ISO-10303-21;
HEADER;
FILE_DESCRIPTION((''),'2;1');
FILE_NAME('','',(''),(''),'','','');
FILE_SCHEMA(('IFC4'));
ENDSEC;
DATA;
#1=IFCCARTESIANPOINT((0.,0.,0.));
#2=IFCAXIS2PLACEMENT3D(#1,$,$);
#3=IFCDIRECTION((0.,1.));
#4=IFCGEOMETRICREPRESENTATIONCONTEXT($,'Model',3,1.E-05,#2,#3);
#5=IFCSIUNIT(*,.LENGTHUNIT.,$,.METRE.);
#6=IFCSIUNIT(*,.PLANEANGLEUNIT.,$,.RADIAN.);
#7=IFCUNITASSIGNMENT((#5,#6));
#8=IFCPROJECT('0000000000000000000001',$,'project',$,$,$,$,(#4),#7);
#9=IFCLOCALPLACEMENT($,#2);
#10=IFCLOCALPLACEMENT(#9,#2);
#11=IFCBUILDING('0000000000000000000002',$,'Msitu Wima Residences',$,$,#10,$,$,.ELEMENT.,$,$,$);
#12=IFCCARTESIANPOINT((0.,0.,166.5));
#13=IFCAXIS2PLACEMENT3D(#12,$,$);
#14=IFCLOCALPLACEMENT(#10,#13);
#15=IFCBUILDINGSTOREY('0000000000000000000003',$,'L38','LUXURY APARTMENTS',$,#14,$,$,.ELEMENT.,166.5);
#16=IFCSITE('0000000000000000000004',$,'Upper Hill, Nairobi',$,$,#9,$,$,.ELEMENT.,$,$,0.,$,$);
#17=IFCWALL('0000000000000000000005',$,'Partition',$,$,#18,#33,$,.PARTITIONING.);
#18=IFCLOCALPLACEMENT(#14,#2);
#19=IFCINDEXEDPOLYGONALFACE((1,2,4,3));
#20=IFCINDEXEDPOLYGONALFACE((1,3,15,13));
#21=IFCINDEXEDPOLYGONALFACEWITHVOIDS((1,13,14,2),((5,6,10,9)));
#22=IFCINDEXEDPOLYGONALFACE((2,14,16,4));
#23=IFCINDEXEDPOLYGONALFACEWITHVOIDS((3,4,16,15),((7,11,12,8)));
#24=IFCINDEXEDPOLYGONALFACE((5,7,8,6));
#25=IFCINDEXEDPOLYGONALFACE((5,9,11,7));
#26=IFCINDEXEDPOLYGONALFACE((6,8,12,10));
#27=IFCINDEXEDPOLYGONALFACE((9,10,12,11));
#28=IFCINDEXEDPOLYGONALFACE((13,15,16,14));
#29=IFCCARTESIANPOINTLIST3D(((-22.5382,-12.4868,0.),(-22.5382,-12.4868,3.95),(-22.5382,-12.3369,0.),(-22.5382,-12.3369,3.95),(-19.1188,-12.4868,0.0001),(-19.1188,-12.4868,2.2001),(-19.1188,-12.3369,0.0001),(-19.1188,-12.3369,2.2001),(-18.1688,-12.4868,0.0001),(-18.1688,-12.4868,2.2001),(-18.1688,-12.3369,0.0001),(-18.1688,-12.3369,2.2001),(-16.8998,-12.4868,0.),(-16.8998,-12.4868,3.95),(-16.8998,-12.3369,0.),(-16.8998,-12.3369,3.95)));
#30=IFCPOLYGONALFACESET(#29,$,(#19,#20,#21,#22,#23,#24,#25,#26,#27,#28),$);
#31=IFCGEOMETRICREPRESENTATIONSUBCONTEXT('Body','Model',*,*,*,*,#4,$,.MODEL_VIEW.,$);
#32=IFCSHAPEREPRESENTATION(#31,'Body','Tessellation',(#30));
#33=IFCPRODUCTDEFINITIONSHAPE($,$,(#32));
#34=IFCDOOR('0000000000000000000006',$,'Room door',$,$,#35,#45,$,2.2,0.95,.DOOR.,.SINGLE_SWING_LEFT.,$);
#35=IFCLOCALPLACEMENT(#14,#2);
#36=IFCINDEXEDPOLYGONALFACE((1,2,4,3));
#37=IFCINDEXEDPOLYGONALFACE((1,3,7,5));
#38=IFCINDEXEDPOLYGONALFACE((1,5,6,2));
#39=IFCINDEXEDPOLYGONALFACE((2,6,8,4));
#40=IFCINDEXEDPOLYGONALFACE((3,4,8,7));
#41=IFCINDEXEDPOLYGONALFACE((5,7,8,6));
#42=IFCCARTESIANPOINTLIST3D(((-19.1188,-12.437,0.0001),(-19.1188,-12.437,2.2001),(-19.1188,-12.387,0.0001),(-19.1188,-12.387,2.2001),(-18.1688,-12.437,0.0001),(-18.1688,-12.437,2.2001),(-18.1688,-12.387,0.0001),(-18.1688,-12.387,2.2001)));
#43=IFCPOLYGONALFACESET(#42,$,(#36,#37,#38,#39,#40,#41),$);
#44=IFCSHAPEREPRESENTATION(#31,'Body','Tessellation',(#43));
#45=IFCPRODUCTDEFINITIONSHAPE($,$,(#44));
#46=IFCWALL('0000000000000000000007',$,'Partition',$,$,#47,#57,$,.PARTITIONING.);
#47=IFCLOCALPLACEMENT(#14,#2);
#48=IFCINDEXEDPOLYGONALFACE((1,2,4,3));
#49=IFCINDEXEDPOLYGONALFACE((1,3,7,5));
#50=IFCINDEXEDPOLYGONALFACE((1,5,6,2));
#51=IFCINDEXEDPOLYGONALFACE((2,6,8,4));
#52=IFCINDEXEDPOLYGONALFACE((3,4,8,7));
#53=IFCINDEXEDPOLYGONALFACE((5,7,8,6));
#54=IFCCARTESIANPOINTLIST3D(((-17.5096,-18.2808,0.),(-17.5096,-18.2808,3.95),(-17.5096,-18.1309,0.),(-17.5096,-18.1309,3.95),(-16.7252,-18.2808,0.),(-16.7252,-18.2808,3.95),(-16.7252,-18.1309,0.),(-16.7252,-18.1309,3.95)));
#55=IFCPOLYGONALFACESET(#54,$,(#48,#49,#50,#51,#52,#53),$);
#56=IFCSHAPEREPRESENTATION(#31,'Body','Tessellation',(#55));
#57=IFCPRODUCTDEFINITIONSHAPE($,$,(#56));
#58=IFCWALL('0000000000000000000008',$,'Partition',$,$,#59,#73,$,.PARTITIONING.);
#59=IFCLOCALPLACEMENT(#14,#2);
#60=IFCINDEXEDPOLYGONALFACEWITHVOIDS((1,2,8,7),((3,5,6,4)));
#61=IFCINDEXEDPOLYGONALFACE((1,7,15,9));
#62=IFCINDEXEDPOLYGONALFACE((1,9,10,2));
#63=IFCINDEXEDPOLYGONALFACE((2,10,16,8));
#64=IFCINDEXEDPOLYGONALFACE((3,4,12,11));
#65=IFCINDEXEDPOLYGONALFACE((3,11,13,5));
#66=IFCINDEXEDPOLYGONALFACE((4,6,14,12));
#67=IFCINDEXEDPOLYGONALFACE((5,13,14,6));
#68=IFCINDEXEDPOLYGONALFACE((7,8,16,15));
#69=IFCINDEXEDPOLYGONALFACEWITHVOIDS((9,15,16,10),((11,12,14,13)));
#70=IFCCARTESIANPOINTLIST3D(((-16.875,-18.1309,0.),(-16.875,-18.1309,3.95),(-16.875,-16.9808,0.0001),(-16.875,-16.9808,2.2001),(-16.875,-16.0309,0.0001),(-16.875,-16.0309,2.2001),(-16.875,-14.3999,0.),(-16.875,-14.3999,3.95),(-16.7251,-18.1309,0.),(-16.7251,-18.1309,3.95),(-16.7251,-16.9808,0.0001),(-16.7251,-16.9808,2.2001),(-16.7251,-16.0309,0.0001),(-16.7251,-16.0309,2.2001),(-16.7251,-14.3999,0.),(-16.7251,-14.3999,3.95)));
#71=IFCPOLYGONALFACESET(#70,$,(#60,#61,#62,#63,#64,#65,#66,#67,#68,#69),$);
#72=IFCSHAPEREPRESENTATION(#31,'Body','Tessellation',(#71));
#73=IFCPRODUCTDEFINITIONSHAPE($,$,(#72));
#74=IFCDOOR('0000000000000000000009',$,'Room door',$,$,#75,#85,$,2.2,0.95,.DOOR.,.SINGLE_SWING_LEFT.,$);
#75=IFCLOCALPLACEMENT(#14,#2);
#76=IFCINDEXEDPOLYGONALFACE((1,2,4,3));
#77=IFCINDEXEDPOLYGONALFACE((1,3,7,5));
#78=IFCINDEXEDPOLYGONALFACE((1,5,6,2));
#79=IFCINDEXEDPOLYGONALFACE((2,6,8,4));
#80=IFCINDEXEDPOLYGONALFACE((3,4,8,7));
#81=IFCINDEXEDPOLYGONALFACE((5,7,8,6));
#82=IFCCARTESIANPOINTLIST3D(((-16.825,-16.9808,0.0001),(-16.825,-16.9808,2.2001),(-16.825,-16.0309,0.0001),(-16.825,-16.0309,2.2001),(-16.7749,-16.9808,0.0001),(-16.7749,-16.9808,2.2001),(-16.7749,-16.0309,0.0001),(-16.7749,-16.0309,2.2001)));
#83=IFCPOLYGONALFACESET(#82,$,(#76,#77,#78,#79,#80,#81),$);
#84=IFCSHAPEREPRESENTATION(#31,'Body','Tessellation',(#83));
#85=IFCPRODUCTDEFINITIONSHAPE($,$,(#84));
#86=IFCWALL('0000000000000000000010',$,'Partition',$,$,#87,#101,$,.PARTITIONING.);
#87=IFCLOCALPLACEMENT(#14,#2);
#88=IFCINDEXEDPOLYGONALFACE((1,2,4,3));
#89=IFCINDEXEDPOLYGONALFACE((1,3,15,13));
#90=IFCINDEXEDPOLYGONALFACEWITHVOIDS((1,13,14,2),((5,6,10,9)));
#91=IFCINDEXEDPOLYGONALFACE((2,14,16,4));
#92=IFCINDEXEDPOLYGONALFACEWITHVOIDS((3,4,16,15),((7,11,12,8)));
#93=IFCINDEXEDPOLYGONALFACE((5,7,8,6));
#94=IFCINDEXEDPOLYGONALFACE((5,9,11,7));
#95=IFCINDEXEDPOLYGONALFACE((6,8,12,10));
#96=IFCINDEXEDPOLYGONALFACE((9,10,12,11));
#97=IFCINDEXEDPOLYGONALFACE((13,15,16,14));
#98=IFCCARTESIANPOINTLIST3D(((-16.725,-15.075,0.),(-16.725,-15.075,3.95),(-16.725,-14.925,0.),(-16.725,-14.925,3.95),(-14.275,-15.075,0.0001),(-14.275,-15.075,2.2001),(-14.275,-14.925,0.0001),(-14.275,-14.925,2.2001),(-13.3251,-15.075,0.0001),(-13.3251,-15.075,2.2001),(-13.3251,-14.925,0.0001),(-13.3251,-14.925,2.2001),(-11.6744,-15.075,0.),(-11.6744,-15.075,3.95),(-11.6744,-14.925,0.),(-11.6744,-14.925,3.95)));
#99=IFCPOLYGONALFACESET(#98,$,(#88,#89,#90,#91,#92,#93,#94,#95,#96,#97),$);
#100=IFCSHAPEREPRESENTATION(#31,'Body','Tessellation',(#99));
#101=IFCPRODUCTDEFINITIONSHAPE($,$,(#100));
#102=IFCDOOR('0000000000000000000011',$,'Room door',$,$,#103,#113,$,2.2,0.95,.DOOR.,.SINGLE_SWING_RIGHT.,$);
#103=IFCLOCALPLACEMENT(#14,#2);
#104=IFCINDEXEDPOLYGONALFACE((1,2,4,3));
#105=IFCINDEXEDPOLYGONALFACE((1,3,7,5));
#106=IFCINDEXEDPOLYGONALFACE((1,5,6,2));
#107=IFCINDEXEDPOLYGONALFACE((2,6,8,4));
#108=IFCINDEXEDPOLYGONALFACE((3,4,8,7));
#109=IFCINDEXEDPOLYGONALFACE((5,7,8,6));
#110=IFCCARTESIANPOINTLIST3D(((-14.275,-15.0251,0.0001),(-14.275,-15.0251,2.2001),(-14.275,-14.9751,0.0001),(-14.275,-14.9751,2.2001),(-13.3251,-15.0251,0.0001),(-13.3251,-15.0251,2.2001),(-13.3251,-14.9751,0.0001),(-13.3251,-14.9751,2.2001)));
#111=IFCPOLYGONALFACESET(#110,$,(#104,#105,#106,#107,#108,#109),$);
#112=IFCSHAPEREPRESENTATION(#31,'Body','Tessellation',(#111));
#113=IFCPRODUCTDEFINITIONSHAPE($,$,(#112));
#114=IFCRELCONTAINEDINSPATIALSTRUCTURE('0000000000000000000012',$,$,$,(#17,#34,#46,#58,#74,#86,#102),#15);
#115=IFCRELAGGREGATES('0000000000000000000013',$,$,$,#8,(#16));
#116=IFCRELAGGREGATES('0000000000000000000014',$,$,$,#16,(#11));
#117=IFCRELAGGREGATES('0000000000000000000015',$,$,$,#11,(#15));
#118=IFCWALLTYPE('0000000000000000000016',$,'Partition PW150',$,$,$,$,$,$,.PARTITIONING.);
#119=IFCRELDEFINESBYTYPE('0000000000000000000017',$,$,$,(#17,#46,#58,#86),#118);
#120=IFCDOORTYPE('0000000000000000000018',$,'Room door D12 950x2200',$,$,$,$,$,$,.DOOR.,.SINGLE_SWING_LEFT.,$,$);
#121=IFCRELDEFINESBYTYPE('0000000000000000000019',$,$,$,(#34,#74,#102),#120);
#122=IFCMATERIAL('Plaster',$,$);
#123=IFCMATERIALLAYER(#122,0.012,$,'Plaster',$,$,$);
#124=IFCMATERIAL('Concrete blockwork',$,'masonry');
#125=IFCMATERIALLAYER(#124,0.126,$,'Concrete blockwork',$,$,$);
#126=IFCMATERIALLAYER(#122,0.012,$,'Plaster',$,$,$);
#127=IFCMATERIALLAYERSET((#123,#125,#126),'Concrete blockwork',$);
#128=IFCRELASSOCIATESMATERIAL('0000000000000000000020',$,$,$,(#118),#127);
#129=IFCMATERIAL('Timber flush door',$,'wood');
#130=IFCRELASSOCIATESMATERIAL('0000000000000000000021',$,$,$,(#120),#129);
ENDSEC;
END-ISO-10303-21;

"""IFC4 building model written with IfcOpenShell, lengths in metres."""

from ifc_helpers import new_model, si_unit, direction, frame, frame_2d, origin, place, context, subcontext, project, spatial, rectangle, extrude, material, layer, layer_set, type_object, element, fill, save


model = new_model("IFC4")

# Units and contexts
model_context = context("Model", 3, precision=1e-05, world=origin(), true_north=direction((0.0, 1.0)))
body_context = subcontext(model_context, "Body", "Model", "MODEL_VIEW")
ifc_project = project(units=[si_unit("LENGTHUNIT", "METRE"), si_unit("PLANEANGLEUNIT", "RADIAN")], contexts=[model_context])

# Site, building, storey
site_placement = place(None, origin())
site = spatial("IfcSite", under=ifc_project, at=site_placement, Name="Upper Hill, Nairobi", CompositionType="ELEMENT", RefElevation=0.0)
building_placement = place(site_placement, origin())
building = spatial("IfcBuilding", under=site, at=building_placement, Name="Msitu Wima Residences", CompositionType="ELEMENT")
storey_placement = place(building_placement, frame((0.0, 0.0, 166.5)))
storey = spatial("IfcBuildingStorey", under=building, at=storey_placement, Name="L38", Description="LUXURY APARTMENTS", CompositionType="ELEMENT", Elevation=166.5)

# Shared definitions
ifc_material_1 = material(Name="Plaster")
ifc_material_2 = material(Name="Concrete blockwork", Category="masonry")

# Shared definitions
ifc_layer_1 = layer(ifc_material_1, 0.012, Name="Plaster")
ifc_layer_2 = layer(ifc_material_2, 0.126, Name="Concrete blockwork")
ifc_layer_3 = layer(ifc_material_1, 0.012, Name="Plaster")
ifc_layer_set_1 = layer_set([ifc_layer_1, ifc_layer_2, ifc_layer_3], Name="Concrete blockwork")
wall_type_1 = type_object("IfcWallType", Name="Partition PW150", PredefinedType="PARTITIONING", material=ifc_layer_set_1)

# Wall, opening, door
wall_1_placement = place(storey_placement, frame((-22.5383, -12.4119, 0.0), z_axis=(0.0, 0.0, 1.0), x_axis=(1.0, 0.0, 0.0)))
wall_1 = element("IfcWall", 1, at=wall_1_placement, inside=storey, type_object=wall_type_1, Name="Partition", PredefinedType="PARTITIONING", context=body_context, shape_type="SweptSolid", body=[
    extrude(rectangle(XDim=5.6384, YDim=0.1499, at=frame_2d((2.8193, 0.0))), origin(), (0.0, 0.0, 1.0), 3.95),
])
opening_1_placement = place(wall_1_placement, frame((3.4194, 0.0, 0.0)))
opening_1 = element("IfcOpeningElement", 2, at=opening_1_placement, cuts=wall_1, PredefinedType="OPENING", context=body_context, shape_type="SweptSolid", body=[
    extrude(rectangle(XDim=0.95, YDim=2.2, at=frame_2d((0.4751, 1.1001))), frame((0.0, 0.085, 0.0), z_axis=(0.0, -1.0, 0.0), x_axis=(1.0, 0.0, 0.0)), (0.0, 0.0, 1.0), 0.1699),
])
ifc_material_3 = material(Name="Timber flush door", Category="wood")
door_type_1 = type_object("IfcDoorType", Name="Room door D12 950x2200", OperationType="SINGLE_SWING_LEFT", PredefinedType="DOOR", material=ifc_material_3)
door_1_placement = place(opening_1_placement, origin())
door_1 = element("IfcDoor", 3, at=door_1_placement, inside=storey, type_object=door_type_1, Name="Room door", OperationType="SINGLE_SWING_LEFT", OverallHeight=2.2, OverallWidth=0.95, PredefinedType="DOOR", context=body_context, shape_type="SweptSolid", body=[
    extrude(rectangle(XDim=0.95, YDim=2.2, at=frame_2d((0.4751, 1.1001))), frame((0.0, 0.0249, 0.0), z_axis=(0.0, -1.0, 0.0), x_axis=(1.0, 0.0, 0.0)), (0.0, 0.0, 1.0), 0.05),
])
fill(opening_1, door_1)

# Wall
wall_2_placement = place(storey_placement, frame((-17.5095, -18.2058, 0.0), z_axis=(0.0, 0.0, 1.0), x_axis=(1.0, 0.0, 0.0)))
element("IfcWall", 4, at=wall_2_placement, inside=storey, type_object=wall_type_1, Name="Partition", PredefinedType="PARTITIONING", context=body_context, shape_type="SweptSolid", body=[
    extrude(rectangle(XDim=0.7844, YDim=0.1499, at=frame_2d((0.3921, 0.0))), origin(), (0.0, 0.0, 1.0), 3.95),
])

# Walls, openings, doors
wall_3_placement = place(storey_placement, frame((-16.8, -18.1309, 0.0), z_axis=(0.0, 0.0, 1.0), x_axis=(0.0, 1.0, 0.0)))
wall_3 = element("IfcWall", 5, at=wall_3_placement, inside=storey, type_object=wall_type_1, Name="Partition", PredefinedType="PARTITIONING", context=body_context, shape_type="SweptSolid", body=[
    extrude(rectangle(XDim=3.731, YDim=0.1499, at=frame_2d((1.8655, 0.0))), origin(), (0.0, 0.0, 1.0), 3.95),
])
opening_2_placement = place(wall_3_placement, frame((1.1499, 0.0, 0.0)))
opening_2 = element("IfcOpeningElement", 6, at=opening_2_placement, cuts=wall_3, PredefinedType="OPENING", context=body_context, shape_type="SweptSolid", body=[
    extrude(rectangle(XDim=0.95, YDim=2.2, at=frame_2d((0.4751, 1.1001))), frame((0.0, 0.085, 0.0), z_axis=(0.0, -1.0, 0.0), x_axis=(1.0, 0.0, 0.0)), (0.0, 0.0, 1.0), 0.1699),
])
door_2_placement = place(opening_2_placement, origin())
door_2 = element("IfcDoor", 7, at=door_2_placement, inside=storey, type_object=door_type_1, Name="Room door", OperationType="SINGLE_SWING_LEFT", OverallHeight=2.2, OverallWidth=0.95, PredefinedType="DOOR", context=body_context, shape_type="SweptSolid", body=[
    extrude(rectangle(XDim=0.95, YDim=2.2, at=frame_2d((0.4751, 1.1001))), frame((0.0, 0.0249, 0.0), z_axis=(0.0, -1.0, 0.0), x_axis=(1.0, 0.0, 0.0)), (0.0, 0.0, 1.0), 0.05),
])
fill(opening_2, door_2)
wall_4_placement = place(storey_placement, frame((-16.7251, -15.0, 0.0), z_axis=(0.0, 0.0, 1.0), x_axis=(1.0, 0.0, 0.0)))
wall_4 = element("IfcWall", 8, at=wall_4_placement, inside=storey, type_object=wall_type_1, Name="Partition", PredefinedType="PARTITIONING", context=body_context, shape_type="SweptSolid", body=[
    extrude(rectangle(XDim=5.0505, YDim=0.1499, at=frame_2d((2.5254, 0.0))), origin(), (0.0, 0.0, 1.0), 3.95),
])
opening_3_placement = place(wall_4_placement, frame((2.45, 0.0, 0.0)))
opening_3 = element("IfcOpeningElement", 9, at=opening_3_placement, cuts=wall_4, PredefinedType="OPENING", context=body_context, shape_type="SweptSolid", body=[
    extrude(rectangle(XDim=0.95, YDim=2.2, at=frame_2d((0.4751, 1.1001))), frame((0.0, 0.085, 0.0), z_axis=(0.0, -1.0, 0.0), x_axis=(1.0, 0.0, 0.0)), (0.0, 0.0, 1.0), 0.1699),
])
door_3_placement = place(opening_3_placement, origin())
door_3 = element("IfcDoor", 10, at=door_3_placement, inside=storey, type_object=door_type_1, Name="Room door", OperationType="SINGLE_SWING_RIGHT", OverallHeight=2.2, OverallWidth=0.95, PredefinedType="DOOR", context=body_context, shape_type="SweptSolid", body=[
    extrude(rectangle(XDim=0.95, YDim=2.2, at=frame_2d((0.4751, 1.1001))), frame((0.0, 0.0249, 0.0), z_axis=(0.0, -1.0, 0.0), x_axis=(1.0, 0.0, 0.0)), (0.0, 0.0, 1.0), 0.05),
])
fill(opening_3, door_3)

save(model, "model.ifc")
